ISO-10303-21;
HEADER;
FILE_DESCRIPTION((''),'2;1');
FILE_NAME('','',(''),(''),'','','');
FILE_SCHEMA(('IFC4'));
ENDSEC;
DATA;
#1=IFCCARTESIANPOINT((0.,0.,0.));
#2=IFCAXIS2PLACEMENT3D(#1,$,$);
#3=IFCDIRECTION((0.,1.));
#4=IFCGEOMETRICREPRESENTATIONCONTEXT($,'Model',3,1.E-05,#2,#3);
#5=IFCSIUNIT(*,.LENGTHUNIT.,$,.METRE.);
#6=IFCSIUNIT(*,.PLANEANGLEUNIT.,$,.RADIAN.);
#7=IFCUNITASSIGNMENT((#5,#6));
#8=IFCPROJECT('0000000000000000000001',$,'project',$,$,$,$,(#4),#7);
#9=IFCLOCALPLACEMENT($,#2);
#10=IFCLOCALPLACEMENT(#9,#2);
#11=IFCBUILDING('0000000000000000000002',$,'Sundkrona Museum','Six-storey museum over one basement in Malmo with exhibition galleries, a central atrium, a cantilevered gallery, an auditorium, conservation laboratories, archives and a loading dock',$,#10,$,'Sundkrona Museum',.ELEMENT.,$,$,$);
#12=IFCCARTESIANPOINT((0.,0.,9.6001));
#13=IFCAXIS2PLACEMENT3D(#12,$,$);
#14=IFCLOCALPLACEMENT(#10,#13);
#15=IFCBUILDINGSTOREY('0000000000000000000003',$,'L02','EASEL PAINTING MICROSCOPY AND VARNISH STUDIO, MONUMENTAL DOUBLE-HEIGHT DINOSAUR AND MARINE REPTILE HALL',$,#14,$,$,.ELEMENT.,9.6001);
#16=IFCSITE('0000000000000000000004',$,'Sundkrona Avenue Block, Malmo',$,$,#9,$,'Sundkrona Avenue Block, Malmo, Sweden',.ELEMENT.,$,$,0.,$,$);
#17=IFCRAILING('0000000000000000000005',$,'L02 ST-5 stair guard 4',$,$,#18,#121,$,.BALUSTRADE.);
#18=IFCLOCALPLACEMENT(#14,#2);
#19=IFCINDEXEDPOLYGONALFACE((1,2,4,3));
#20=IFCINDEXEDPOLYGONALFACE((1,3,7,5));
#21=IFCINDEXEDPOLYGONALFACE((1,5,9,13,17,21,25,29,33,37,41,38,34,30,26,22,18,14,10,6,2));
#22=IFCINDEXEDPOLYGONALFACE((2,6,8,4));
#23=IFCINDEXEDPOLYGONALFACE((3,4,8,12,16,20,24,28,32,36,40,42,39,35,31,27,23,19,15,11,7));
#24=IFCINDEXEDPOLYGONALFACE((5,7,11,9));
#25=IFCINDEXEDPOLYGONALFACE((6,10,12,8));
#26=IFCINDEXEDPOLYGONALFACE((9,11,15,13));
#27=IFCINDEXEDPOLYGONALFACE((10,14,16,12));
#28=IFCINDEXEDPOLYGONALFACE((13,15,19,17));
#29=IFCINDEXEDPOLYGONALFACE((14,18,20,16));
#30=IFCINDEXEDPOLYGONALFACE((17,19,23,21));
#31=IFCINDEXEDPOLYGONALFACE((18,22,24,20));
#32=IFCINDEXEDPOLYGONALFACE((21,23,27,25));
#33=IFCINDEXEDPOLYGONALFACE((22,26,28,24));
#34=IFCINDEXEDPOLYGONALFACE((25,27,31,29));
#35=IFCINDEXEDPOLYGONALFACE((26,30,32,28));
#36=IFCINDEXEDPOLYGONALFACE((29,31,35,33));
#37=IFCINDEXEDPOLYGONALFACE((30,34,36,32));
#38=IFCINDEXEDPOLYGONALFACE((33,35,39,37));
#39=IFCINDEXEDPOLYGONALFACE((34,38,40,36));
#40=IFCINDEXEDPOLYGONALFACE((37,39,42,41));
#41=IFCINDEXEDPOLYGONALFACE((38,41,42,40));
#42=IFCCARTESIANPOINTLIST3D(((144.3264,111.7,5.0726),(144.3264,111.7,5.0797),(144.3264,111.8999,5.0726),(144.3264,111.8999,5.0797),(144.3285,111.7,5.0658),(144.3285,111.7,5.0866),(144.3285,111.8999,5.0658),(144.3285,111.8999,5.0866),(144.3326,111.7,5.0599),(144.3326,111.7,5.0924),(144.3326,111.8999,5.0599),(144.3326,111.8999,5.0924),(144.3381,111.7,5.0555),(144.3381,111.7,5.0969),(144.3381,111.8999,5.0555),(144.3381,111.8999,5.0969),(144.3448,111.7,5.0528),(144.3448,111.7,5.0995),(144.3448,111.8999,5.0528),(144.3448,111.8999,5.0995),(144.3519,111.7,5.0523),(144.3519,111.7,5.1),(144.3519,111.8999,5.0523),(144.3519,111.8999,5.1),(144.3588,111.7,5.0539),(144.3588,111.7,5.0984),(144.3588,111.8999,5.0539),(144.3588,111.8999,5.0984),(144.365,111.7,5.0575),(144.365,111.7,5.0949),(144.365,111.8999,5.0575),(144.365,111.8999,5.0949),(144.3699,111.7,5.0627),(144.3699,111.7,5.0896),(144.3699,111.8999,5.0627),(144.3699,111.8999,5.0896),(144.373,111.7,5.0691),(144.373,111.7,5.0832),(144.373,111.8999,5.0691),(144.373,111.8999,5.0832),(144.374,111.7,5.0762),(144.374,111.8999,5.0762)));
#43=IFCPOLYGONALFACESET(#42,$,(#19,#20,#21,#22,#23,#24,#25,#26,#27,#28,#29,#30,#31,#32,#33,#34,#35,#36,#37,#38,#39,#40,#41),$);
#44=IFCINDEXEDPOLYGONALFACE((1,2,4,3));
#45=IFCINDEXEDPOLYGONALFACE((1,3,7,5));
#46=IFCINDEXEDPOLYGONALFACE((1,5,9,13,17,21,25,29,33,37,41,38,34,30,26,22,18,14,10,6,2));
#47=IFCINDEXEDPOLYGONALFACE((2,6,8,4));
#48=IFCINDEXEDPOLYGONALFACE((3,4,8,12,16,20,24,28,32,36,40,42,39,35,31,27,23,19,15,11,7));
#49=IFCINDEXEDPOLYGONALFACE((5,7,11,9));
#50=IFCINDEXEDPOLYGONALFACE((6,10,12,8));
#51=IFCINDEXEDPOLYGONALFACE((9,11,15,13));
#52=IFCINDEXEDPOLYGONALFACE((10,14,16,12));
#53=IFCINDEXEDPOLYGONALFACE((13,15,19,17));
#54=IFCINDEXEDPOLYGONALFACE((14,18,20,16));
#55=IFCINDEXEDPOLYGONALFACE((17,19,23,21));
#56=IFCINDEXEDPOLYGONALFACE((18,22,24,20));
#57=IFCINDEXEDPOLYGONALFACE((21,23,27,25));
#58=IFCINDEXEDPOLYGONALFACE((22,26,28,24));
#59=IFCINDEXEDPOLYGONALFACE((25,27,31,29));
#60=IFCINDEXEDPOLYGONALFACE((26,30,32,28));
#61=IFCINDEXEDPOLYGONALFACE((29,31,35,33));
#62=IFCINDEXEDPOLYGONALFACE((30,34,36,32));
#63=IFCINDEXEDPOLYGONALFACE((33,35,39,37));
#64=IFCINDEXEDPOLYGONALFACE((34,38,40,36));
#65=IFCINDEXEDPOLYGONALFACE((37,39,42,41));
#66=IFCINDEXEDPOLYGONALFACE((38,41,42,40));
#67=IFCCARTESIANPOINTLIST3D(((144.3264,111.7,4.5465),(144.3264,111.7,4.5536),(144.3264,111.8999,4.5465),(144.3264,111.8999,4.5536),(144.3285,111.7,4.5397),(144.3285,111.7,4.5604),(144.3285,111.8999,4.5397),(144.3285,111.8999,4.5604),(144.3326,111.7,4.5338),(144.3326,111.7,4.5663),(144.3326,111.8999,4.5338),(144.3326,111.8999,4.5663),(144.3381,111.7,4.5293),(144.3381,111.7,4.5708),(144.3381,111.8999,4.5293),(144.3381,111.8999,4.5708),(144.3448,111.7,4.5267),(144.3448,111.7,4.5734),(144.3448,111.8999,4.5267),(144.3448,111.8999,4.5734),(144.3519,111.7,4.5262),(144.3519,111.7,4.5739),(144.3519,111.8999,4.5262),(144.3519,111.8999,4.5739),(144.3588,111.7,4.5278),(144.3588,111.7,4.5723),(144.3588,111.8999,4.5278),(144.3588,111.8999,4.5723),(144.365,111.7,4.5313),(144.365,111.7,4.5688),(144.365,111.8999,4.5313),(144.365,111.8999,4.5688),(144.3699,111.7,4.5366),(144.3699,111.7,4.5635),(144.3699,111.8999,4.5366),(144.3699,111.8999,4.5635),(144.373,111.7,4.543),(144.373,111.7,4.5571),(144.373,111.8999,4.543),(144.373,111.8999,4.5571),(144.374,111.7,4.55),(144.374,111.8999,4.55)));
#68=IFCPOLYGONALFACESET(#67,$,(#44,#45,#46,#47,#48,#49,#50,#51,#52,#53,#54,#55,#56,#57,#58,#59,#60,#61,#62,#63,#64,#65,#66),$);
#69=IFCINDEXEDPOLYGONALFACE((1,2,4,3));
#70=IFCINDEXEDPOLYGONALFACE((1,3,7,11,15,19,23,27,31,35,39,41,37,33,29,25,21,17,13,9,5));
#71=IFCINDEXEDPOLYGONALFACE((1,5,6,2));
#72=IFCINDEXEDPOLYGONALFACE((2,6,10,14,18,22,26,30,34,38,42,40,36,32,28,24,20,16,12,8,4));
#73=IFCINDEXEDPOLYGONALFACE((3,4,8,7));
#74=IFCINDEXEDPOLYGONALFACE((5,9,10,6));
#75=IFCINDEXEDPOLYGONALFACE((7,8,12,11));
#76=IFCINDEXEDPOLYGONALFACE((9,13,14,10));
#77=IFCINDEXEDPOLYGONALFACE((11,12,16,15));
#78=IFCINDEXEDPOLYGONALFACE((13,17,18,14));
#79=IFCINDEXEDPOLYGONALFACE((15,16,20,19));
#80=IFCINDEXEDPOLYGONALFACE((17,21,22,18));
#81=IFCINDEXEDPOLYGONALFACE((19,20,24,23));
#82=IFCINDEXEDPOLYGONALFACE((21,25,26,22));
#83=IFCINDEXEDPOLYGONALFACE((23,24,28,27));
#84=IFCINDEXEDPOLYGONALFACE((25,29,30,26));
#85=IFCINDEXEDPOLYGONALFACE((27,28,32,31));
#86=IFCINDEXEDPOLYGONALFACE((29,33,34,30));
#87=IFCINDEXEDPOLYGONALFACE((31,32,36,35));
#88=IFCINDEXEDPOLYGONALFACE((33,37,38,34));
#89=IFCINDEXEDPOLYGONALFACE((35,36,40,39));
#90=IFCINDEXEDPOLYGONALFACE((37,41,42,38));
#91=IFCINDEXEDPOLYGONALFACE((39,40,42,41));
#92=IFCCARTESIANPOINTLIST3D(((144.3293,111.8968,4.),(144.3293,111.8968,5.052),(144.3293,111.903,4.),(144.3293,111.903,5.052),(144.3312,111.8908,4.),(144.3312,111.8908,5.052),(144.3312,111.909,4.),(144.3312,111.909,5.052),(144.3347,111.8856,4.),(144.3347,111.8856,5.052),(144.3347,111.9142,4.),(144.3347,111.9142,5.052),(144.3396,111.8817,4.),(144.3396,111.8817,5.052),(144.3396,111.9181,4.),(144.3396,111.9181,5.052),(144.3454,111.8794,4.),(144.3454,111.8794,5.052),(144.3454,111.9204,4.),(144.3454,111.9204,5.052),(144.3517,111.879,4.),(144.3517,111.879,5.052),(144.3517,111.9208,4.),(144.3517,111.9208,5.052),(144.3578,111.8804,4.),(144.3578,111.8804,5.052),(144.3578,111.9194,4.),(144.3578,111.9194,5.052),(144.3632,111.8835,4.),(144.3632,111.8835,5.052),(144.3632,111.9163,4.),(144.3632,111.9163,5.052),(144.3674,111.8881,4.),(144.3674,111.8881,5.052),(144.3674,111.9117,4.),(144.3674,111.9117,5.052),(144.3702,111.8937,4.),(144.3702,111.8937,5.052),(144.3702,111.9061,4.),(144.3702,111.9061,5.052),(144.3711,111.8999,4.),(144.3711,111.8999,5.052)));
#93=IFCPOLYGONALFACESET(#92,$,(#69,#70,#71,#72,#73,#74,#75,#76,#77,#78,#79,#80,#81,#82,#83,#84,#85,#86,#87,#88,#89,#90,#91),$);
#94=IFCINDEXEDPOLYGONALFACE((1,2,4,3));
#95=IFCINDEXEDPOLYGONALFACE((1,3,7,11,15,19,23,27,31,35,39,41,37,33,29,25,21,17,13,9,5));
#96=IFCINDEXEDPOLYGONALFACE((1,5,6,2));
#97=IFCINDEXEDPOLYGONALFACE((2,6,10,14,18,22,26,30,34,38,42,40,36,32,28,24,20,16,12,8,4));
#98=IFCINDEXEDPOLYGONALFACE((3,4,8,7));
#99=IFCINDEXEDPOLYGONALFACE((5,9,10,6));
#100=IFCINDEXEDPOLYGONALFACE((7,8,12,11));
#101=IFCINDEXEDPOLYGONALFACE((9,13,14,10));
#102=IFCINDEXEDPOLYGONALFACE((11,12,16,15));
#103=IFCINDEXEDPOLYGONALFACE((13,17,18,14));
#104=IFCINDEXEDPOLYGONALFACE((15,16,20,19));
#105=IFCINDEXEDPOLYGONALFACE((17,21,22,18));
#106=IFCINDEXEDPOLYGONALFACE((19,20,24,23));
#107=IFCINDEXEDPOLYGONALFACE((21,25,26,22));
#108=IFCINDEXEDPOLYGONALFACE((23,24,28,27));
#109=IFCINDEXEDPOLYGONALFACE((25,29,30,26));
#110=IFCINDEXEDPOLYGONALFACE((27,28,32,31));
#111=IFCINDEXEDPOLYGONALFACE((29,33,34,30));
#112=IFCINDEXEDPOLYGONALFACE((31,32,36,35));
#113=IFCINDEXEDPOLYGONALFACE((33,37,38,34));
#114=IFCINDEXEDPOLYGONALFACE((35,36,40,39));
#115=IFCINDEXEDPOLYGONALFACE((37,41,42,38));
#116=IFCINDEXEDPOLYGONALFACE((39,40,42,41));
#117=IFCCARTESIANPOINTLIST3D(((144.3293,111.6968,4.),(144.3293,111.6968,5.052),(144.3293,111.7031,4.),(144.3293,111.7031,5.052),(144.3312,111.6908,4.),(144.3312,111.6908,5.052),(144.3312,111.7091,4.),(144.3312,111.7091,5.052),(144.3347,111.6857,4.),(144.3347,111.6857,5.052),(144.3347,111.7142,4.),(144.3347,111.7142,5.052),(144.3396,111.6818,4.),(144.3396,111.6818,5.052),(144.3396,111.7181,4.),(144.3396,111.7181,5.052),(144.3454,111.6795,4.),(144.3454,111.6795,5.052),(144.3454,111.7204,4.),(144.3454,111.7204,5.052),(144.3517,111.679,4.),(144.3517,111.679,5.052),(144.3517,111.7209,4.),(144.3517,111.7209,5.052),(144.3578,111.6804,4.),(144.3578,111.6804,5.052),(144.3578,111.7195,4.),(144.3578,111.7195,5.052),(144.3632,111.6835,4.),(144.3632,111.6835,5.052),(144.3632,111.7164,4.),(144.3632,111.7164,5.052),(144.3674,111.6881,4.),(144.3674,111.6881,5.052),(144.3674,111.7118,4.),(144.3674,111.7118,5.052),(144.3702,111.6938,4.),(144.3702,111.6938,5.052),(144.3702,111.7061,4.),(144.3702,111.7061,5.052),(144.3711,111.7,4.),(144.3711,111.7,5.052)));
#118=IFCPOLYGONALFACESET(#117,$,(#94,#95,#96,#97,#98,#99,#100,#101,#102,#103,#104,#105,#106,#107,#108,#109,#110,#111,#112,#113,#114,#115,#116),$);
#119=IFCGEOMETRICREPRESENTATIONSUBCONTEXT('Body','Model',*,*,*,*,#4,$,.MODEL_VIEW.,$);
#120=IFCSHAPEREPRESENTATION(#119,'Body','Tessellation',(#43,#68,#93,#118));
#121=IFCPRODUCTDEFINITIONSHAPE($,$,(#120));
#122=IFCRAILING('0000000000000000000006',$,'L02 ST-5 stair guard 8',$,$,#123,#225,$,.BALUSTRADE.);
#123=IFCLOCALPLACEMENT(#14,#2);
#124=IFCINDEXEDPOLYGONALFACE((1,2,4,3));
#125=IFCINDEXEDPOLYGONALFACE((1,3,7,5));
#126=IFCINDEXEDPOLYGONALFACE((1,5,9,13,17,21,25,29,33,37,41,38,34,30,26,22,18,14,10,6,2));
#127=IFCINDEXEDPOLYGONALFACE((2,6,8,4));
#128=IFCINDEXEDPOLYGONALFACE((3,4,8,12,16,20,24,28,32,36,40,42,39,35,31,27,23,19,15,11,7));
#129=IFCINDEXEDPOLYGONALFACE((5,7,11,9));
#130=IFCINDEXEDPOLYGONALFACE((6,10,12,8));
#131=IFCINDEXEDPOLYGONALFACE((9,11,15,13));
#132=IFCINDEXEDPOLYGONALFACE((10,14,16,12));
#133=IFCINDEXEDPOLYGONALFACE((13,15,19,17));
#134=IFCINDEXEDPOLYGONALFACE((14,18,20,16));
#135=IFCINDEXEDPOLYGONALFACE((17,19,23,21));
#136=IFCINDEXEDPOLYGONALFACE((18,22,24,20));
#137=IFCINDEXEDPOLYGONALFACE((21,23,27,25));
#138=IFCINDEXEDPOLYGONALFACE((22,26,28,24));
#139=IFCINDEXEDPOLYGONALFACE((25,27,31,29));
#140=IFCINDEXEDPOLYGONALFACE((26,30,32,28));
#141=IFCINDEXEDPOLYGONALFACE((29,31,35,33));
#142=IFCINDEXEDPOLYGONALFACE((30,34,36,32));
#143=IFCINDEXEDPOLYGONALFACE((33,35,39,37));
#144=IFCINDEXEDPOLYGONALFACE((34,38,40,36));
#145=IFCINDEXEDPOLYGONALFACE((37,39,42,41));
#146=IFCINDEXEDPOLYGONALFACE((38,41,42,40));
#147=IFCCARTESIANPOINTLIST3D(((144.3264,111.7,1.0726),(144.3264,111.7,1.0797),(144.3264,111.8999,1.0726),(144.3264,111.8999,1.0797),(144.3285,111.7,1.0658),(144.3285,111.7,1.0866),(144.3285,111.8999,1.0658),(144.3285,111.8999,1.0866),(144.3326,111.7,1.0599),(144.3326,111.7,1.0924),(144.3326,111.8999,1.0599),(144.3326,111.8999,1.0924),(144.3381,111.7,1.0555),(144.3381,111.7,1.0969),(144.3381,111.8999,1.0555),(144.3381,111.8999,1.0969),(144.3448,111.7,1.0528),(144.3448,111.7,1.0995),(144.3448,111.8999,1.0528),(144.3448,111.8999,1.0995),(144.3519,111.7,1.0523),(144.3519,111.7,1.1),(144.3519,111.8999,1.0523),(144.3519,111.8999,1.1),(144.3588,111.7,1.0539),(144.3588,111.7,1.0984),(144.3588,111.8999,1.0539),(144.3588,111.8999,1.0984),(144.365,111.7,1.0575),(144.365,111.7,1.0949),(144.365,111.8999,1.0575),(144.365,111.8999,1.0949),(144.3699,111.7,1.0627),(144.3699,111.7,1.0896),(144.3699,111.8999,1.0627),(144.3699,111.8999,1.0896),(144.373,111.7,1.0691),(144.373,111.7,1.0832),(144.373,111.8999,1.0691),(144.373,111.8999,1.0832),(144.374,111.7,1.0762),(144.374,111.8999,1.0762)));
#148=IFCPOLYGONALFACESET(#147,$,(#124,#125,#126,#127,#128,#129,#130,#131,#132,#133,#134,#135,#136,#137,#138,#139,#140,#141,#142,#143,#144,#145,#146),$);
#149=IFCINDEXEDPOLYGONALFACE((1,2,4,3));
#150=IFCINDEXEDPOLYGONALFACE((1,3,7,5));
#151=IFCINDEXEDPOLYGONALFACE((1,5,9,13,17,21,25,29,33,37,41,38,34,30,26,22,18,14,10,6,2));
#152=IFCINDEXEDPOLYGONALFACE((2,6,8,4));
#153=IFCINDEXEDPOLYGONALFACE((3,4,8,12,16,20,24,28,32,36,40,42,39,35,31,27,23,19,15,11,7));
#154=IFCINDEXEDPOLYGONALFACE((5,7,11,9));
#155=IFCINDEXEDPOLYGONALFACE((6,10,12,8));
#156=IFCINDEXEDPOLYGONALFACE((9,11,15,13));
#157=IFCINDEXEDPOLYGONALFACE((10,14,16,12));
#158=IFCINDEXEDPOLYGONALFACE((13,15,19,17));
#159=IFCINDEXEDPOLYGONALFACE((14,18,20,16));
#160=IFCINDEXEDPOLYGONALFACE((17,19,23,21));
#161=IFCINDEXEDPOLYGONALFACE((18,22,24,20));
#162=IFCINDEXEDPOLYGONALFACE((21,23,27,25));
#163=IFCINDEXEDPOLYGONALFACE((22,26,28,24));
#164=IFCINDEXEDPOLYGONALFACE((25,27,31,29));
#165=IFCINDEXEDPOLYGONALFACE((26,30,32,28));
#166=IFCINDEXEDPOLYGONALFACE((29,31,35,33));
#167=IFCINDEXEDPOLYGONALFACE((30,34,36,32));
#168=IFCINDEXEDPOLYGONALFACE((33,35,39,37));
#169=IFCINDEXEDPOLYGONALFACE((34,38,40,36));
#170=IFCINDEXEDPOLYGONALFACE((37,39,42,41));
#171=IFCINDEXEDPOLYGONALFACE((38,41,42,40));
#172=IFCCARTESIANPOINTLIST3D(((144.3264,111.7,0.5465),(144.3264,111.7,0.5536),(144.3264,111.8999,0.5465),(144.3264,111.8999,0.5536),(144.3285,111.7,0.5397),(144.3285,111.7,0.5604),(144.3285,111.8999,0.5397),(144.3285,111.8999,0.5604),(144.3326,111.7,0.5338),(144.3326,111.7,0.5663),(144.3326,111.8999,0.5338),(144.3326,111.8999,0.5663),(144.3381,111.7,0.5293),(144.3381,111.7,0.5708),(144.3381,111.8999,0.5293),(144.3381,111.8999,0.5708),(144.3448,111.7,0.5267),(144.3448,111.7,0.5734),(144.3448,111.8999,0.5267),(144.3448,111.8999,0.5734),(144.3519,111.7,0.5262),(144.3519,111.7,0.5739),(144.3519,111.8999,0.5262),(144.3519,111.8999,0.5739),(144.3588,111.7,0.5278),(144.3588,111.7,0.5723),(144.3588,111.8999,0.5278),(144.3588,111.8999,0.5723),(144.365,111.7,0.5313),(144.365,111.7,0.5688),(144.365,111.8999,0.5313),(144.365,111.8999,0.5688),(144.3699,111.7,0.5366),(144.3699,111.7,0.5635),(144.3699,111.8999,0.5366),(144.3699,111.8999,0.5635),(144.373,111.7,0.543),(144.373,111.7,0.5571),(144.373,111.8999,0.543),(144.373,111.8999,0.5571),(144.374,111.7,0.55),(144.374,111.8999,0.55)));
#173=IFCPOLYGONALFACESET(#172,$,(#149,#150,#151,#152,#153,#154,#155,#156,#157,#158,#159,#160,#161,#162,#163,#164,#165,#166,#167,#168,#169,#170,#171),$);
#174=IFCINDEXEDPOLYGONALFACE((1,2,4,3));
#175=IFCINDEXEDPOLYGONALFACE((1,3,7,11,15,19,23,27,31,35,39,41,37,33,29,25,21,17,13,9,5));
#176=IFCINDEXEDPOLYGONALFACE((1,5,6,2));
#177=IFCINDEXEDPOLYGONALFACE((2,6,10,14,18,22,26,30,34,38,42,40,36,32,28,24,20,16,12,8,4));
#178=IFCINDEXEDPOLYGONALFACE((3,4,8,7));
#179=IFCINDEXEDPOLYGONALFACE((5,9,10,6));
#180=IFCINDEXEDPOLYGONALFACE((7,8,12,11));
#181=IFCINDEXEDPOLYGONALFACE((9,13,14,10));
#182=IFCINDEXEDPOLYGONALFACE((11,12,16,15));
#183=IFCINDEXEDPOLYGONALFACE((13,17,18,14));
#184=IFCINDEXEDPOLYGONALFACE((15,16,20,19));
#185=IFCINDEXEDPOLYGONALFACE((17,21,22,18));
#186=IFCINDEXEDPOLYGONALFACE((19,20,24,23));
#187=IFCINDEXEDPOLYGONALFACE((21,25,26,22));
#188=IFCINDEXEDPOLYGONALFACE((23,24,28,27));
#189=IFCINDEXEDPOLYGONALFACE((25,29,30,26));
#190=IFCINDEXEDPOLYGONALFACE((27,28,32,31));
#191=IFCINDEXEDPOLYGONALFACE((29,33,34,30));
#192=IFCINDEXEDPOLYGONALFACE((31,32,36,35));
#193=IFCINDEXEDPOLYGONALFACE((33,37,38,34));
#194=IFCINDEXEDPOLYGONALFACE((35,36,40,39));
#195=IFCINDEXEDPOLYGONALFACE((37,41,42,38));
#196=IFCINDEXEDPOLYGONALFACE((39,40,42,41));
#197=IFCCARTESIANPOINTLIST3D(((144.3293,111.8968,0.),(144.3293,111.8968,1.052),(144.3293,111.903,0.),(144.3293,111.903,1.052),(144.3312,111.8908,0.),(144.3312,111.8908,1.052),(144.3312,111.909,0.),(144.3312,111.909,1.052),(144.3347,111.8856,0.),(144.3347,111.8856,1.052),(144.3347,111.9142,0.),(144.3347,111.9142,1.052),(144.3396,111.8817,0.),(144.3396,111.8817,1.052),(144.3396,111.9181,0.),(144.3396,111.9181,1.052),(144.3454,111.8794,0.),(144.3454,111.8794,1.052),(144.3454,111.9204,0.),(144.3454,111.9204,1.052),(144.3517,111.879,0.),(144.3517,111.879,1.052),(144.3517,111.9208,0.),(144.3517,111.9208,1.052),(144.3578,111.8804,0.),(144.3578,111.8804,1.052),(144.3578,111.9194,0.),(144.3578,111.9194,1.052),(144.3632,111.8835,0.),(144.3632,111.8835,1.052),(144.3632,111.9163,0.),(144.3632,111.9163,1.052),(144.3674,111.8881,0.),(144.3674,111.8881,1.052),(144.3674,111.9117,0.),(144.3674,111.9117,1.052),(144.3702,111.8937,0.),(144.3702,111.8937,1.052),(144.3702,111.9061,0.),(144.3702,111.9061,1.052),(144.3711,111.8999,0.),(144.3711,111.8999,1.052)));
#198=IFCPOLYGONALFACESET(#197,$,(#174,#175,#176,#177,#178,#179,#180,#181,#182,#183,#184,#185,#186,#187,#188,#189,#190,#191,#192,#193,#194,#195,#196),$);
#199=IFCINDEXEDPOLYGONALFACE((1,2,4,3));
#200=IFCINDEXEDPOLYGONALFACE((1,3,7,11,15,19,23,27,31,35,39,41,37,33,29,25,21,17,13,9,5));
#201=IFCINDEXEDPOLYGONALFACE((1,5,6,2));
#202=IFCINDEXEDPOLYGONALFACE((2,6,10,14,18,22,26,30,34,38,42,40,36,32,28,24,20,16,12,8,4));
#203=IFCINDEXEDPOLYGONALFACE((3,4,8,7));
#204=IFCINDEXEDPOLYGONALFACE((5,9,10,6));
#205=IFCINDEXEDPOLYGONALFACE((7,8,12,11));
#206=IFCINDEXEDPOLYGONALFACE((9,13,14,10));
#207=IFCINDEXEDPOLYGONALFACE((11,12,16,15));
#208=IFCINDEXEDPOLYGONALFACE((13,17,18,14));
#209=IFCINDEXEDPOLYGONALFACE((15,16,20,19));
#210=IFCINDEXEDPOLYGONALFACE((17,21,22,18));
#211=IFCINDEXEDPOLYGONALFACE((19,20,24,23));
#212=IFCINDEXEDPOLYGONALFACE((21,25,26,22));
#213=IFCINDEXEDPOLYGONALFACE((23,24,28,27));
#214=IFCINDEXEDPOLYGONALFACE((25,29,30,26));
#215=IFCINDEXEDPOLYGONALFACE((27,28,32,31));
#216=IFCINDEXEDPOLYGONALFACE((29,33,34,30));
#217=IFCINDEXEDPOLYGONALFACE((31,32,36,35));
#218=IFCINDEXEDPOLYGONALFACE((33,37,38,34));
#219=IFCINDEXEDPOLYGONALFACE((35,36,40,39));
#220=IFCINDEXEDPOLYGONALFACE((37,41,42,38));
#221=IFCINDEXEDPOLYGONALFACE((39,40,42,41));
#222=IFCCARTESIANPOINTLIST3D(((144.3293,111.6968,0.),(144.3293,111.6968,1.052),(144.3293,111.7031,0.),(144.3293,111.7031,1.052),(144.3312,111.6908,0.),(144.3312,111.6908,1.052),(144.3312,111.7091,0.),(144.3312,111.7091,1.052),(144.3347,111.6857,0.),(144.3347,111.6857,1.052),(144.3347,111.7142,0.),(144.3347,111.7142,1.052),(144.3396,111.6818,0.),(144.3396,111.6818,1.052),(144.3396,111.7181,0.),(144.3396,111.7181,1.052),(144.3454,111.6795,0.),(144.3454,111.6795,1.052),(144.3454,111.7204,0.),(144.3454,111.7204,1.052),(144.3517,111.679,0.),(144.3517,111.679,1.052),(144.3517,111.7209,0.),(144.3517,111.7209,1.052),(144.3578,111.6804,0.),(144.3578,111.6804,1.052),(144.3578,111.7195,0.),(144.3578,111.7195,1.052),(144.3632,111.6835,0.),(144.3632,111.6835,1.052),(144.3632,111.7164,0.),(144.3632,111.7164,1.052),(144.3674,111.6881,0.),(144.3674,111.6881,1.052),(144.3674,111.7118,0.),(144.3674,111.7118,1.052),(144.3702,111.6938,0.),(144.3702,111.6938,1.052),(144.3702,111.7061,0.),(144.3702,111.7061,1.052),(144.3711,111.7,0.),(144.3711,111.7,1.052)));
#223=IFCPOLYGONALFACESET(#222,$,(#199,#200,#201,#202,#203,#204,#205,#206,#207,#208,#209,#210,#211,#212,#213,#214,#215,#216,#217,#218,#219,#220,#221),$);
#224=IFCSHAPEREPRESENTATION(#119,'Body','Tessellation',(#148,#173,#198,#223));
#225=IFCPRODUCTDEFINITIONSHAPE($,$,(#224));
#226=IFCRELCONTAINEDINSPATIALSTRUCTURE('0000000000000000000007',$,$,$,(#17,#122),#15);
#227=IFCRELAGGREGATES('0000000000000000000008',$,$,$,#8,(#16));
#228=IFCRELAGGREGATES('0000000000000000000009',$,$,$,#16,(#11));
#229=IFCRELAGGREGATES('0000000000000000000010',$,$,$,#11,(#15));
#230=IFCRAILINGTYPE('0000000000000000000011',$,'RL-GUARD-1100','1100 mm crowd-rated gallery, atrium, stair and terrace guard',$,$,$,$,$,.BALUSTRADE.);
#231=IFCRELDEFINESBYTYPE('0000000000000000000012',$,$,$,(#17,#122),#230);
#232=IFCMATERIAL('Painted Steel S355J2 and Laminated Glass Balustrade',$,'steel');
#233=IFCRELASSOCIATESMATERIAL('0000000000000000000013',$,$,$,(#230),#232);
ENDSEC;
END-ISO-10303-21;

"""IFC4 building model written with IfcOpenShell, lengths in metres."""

from ifc_helpers import new_model, si_unit, direction, frame, origin, origin_2d, place, context, subcontext, project, spatial, circle, extrude, material, type_object, element, save


model = new_model("IFC4")

# Units and contexts
model_context = context("Model", 3, precision=1e-05, world=origin(), true_north=direction((0.0, 1.0)))
body_context = subcontext(model_context, "Body", "Model", "MODEL_VIEW")
ifc_project = project(units=[si_unit("LENGTHUNIT", "METRE"), si_unit("PLANEANGLEUNIT", "RADIAN")], contexts=[model_context])

# Site, building, storey
site_placement = place(None, origin())
site = spatial("IfcSite", under=ifc_project, at=site_placement, Name="Sundkrona Avenue Block, Malmo", LongName="Sundkrona Avenue Block, Malmo, Sweden", CompositionType="ELEMENT", RefElevation=0.0)
building_placement = place(site_placement, origin())
building = spatial("IfcBuilding", under=site, at=building_placement, Name="Sundkrona Museum", Description="Six-storey museum over one basement in Malmo with exhibition galleries, a central atrium, a cantilevered gallery, an auditorium, conservation laboratories, archives and a loading dock", LongName="Sundkrona Museum", CompositionType="ELEMENT")
storey_placement = place(building_placement, frame((0.0, 0.0, 9.6001)))
storey = spatial("IfcBuildingStorey", under=building, at=storey_placement, Name="L02", Description="EASEL PAINTING MICROSCOPY AND VARNISH STUDIO, MONUMENTAL DOUBLE-HEIGHT DINOSAUR AND MARINE REPTILE HALL", CompositionType="ELEMENT", Elevation=9.6001)

# Railings
ifc_material_1 = material(Name="Painted Steel S355J2 and Laminated Glass Balustrade", Category="steel")
railing_type = type_object("IfcRailingType", Name="RL-GUARD-1100", Description="1100 mm crowd-rated gallery, atrium, stair and terrace guard", PredefinedType="BALUSTRADE", material=ifc_material_1)
for number, where, name in (
    (1, (144.3501, 111.8999, 4.0), "L02 ST-5 stair guard 4"),
    (2, (144.3501, 111.8999, 0.0), "L02 ST-5 stair guard 8"),
):
    element("IfcRailing", number, at=place(storey_placement, frame(where)), inside=storey, type_object=railing_type, Name=name, PredefinedType="BALUSTRADE", context=body_context, shape_type="SweptSolid", body=[
        extrude(circle(Radius=0.0239, at=origin_2d()), frame((0.0, 0.0, 1.0762), z_axis=(0.0, -1.0, 0.0), x_axis=(1.0, 0.0, 0.0)), (0.0, 0.0, 1.0), 0.2),
        extrude(circle(Radius=0.0239, at=origin_2d()), frame((0.0, 0.0, 0.55), z_axis=(0.0, -1.0, 0.0), x_axis=(1.0, 0.0, 0.0)), (0.0, 0.0, 1.0), 0.2),
        extrude(circle(Radius=0.021, at=origin_2d()), origin(), (0.0, 0.0, 1.0), 1.052),
        extrude(circle(Radius=0.021, at=origin_2d()), frame((0.0, -0.2, 0.0)), (0.0, 0.0, 1.0), 1.052),
    ])

save(model, "model.ifc")
